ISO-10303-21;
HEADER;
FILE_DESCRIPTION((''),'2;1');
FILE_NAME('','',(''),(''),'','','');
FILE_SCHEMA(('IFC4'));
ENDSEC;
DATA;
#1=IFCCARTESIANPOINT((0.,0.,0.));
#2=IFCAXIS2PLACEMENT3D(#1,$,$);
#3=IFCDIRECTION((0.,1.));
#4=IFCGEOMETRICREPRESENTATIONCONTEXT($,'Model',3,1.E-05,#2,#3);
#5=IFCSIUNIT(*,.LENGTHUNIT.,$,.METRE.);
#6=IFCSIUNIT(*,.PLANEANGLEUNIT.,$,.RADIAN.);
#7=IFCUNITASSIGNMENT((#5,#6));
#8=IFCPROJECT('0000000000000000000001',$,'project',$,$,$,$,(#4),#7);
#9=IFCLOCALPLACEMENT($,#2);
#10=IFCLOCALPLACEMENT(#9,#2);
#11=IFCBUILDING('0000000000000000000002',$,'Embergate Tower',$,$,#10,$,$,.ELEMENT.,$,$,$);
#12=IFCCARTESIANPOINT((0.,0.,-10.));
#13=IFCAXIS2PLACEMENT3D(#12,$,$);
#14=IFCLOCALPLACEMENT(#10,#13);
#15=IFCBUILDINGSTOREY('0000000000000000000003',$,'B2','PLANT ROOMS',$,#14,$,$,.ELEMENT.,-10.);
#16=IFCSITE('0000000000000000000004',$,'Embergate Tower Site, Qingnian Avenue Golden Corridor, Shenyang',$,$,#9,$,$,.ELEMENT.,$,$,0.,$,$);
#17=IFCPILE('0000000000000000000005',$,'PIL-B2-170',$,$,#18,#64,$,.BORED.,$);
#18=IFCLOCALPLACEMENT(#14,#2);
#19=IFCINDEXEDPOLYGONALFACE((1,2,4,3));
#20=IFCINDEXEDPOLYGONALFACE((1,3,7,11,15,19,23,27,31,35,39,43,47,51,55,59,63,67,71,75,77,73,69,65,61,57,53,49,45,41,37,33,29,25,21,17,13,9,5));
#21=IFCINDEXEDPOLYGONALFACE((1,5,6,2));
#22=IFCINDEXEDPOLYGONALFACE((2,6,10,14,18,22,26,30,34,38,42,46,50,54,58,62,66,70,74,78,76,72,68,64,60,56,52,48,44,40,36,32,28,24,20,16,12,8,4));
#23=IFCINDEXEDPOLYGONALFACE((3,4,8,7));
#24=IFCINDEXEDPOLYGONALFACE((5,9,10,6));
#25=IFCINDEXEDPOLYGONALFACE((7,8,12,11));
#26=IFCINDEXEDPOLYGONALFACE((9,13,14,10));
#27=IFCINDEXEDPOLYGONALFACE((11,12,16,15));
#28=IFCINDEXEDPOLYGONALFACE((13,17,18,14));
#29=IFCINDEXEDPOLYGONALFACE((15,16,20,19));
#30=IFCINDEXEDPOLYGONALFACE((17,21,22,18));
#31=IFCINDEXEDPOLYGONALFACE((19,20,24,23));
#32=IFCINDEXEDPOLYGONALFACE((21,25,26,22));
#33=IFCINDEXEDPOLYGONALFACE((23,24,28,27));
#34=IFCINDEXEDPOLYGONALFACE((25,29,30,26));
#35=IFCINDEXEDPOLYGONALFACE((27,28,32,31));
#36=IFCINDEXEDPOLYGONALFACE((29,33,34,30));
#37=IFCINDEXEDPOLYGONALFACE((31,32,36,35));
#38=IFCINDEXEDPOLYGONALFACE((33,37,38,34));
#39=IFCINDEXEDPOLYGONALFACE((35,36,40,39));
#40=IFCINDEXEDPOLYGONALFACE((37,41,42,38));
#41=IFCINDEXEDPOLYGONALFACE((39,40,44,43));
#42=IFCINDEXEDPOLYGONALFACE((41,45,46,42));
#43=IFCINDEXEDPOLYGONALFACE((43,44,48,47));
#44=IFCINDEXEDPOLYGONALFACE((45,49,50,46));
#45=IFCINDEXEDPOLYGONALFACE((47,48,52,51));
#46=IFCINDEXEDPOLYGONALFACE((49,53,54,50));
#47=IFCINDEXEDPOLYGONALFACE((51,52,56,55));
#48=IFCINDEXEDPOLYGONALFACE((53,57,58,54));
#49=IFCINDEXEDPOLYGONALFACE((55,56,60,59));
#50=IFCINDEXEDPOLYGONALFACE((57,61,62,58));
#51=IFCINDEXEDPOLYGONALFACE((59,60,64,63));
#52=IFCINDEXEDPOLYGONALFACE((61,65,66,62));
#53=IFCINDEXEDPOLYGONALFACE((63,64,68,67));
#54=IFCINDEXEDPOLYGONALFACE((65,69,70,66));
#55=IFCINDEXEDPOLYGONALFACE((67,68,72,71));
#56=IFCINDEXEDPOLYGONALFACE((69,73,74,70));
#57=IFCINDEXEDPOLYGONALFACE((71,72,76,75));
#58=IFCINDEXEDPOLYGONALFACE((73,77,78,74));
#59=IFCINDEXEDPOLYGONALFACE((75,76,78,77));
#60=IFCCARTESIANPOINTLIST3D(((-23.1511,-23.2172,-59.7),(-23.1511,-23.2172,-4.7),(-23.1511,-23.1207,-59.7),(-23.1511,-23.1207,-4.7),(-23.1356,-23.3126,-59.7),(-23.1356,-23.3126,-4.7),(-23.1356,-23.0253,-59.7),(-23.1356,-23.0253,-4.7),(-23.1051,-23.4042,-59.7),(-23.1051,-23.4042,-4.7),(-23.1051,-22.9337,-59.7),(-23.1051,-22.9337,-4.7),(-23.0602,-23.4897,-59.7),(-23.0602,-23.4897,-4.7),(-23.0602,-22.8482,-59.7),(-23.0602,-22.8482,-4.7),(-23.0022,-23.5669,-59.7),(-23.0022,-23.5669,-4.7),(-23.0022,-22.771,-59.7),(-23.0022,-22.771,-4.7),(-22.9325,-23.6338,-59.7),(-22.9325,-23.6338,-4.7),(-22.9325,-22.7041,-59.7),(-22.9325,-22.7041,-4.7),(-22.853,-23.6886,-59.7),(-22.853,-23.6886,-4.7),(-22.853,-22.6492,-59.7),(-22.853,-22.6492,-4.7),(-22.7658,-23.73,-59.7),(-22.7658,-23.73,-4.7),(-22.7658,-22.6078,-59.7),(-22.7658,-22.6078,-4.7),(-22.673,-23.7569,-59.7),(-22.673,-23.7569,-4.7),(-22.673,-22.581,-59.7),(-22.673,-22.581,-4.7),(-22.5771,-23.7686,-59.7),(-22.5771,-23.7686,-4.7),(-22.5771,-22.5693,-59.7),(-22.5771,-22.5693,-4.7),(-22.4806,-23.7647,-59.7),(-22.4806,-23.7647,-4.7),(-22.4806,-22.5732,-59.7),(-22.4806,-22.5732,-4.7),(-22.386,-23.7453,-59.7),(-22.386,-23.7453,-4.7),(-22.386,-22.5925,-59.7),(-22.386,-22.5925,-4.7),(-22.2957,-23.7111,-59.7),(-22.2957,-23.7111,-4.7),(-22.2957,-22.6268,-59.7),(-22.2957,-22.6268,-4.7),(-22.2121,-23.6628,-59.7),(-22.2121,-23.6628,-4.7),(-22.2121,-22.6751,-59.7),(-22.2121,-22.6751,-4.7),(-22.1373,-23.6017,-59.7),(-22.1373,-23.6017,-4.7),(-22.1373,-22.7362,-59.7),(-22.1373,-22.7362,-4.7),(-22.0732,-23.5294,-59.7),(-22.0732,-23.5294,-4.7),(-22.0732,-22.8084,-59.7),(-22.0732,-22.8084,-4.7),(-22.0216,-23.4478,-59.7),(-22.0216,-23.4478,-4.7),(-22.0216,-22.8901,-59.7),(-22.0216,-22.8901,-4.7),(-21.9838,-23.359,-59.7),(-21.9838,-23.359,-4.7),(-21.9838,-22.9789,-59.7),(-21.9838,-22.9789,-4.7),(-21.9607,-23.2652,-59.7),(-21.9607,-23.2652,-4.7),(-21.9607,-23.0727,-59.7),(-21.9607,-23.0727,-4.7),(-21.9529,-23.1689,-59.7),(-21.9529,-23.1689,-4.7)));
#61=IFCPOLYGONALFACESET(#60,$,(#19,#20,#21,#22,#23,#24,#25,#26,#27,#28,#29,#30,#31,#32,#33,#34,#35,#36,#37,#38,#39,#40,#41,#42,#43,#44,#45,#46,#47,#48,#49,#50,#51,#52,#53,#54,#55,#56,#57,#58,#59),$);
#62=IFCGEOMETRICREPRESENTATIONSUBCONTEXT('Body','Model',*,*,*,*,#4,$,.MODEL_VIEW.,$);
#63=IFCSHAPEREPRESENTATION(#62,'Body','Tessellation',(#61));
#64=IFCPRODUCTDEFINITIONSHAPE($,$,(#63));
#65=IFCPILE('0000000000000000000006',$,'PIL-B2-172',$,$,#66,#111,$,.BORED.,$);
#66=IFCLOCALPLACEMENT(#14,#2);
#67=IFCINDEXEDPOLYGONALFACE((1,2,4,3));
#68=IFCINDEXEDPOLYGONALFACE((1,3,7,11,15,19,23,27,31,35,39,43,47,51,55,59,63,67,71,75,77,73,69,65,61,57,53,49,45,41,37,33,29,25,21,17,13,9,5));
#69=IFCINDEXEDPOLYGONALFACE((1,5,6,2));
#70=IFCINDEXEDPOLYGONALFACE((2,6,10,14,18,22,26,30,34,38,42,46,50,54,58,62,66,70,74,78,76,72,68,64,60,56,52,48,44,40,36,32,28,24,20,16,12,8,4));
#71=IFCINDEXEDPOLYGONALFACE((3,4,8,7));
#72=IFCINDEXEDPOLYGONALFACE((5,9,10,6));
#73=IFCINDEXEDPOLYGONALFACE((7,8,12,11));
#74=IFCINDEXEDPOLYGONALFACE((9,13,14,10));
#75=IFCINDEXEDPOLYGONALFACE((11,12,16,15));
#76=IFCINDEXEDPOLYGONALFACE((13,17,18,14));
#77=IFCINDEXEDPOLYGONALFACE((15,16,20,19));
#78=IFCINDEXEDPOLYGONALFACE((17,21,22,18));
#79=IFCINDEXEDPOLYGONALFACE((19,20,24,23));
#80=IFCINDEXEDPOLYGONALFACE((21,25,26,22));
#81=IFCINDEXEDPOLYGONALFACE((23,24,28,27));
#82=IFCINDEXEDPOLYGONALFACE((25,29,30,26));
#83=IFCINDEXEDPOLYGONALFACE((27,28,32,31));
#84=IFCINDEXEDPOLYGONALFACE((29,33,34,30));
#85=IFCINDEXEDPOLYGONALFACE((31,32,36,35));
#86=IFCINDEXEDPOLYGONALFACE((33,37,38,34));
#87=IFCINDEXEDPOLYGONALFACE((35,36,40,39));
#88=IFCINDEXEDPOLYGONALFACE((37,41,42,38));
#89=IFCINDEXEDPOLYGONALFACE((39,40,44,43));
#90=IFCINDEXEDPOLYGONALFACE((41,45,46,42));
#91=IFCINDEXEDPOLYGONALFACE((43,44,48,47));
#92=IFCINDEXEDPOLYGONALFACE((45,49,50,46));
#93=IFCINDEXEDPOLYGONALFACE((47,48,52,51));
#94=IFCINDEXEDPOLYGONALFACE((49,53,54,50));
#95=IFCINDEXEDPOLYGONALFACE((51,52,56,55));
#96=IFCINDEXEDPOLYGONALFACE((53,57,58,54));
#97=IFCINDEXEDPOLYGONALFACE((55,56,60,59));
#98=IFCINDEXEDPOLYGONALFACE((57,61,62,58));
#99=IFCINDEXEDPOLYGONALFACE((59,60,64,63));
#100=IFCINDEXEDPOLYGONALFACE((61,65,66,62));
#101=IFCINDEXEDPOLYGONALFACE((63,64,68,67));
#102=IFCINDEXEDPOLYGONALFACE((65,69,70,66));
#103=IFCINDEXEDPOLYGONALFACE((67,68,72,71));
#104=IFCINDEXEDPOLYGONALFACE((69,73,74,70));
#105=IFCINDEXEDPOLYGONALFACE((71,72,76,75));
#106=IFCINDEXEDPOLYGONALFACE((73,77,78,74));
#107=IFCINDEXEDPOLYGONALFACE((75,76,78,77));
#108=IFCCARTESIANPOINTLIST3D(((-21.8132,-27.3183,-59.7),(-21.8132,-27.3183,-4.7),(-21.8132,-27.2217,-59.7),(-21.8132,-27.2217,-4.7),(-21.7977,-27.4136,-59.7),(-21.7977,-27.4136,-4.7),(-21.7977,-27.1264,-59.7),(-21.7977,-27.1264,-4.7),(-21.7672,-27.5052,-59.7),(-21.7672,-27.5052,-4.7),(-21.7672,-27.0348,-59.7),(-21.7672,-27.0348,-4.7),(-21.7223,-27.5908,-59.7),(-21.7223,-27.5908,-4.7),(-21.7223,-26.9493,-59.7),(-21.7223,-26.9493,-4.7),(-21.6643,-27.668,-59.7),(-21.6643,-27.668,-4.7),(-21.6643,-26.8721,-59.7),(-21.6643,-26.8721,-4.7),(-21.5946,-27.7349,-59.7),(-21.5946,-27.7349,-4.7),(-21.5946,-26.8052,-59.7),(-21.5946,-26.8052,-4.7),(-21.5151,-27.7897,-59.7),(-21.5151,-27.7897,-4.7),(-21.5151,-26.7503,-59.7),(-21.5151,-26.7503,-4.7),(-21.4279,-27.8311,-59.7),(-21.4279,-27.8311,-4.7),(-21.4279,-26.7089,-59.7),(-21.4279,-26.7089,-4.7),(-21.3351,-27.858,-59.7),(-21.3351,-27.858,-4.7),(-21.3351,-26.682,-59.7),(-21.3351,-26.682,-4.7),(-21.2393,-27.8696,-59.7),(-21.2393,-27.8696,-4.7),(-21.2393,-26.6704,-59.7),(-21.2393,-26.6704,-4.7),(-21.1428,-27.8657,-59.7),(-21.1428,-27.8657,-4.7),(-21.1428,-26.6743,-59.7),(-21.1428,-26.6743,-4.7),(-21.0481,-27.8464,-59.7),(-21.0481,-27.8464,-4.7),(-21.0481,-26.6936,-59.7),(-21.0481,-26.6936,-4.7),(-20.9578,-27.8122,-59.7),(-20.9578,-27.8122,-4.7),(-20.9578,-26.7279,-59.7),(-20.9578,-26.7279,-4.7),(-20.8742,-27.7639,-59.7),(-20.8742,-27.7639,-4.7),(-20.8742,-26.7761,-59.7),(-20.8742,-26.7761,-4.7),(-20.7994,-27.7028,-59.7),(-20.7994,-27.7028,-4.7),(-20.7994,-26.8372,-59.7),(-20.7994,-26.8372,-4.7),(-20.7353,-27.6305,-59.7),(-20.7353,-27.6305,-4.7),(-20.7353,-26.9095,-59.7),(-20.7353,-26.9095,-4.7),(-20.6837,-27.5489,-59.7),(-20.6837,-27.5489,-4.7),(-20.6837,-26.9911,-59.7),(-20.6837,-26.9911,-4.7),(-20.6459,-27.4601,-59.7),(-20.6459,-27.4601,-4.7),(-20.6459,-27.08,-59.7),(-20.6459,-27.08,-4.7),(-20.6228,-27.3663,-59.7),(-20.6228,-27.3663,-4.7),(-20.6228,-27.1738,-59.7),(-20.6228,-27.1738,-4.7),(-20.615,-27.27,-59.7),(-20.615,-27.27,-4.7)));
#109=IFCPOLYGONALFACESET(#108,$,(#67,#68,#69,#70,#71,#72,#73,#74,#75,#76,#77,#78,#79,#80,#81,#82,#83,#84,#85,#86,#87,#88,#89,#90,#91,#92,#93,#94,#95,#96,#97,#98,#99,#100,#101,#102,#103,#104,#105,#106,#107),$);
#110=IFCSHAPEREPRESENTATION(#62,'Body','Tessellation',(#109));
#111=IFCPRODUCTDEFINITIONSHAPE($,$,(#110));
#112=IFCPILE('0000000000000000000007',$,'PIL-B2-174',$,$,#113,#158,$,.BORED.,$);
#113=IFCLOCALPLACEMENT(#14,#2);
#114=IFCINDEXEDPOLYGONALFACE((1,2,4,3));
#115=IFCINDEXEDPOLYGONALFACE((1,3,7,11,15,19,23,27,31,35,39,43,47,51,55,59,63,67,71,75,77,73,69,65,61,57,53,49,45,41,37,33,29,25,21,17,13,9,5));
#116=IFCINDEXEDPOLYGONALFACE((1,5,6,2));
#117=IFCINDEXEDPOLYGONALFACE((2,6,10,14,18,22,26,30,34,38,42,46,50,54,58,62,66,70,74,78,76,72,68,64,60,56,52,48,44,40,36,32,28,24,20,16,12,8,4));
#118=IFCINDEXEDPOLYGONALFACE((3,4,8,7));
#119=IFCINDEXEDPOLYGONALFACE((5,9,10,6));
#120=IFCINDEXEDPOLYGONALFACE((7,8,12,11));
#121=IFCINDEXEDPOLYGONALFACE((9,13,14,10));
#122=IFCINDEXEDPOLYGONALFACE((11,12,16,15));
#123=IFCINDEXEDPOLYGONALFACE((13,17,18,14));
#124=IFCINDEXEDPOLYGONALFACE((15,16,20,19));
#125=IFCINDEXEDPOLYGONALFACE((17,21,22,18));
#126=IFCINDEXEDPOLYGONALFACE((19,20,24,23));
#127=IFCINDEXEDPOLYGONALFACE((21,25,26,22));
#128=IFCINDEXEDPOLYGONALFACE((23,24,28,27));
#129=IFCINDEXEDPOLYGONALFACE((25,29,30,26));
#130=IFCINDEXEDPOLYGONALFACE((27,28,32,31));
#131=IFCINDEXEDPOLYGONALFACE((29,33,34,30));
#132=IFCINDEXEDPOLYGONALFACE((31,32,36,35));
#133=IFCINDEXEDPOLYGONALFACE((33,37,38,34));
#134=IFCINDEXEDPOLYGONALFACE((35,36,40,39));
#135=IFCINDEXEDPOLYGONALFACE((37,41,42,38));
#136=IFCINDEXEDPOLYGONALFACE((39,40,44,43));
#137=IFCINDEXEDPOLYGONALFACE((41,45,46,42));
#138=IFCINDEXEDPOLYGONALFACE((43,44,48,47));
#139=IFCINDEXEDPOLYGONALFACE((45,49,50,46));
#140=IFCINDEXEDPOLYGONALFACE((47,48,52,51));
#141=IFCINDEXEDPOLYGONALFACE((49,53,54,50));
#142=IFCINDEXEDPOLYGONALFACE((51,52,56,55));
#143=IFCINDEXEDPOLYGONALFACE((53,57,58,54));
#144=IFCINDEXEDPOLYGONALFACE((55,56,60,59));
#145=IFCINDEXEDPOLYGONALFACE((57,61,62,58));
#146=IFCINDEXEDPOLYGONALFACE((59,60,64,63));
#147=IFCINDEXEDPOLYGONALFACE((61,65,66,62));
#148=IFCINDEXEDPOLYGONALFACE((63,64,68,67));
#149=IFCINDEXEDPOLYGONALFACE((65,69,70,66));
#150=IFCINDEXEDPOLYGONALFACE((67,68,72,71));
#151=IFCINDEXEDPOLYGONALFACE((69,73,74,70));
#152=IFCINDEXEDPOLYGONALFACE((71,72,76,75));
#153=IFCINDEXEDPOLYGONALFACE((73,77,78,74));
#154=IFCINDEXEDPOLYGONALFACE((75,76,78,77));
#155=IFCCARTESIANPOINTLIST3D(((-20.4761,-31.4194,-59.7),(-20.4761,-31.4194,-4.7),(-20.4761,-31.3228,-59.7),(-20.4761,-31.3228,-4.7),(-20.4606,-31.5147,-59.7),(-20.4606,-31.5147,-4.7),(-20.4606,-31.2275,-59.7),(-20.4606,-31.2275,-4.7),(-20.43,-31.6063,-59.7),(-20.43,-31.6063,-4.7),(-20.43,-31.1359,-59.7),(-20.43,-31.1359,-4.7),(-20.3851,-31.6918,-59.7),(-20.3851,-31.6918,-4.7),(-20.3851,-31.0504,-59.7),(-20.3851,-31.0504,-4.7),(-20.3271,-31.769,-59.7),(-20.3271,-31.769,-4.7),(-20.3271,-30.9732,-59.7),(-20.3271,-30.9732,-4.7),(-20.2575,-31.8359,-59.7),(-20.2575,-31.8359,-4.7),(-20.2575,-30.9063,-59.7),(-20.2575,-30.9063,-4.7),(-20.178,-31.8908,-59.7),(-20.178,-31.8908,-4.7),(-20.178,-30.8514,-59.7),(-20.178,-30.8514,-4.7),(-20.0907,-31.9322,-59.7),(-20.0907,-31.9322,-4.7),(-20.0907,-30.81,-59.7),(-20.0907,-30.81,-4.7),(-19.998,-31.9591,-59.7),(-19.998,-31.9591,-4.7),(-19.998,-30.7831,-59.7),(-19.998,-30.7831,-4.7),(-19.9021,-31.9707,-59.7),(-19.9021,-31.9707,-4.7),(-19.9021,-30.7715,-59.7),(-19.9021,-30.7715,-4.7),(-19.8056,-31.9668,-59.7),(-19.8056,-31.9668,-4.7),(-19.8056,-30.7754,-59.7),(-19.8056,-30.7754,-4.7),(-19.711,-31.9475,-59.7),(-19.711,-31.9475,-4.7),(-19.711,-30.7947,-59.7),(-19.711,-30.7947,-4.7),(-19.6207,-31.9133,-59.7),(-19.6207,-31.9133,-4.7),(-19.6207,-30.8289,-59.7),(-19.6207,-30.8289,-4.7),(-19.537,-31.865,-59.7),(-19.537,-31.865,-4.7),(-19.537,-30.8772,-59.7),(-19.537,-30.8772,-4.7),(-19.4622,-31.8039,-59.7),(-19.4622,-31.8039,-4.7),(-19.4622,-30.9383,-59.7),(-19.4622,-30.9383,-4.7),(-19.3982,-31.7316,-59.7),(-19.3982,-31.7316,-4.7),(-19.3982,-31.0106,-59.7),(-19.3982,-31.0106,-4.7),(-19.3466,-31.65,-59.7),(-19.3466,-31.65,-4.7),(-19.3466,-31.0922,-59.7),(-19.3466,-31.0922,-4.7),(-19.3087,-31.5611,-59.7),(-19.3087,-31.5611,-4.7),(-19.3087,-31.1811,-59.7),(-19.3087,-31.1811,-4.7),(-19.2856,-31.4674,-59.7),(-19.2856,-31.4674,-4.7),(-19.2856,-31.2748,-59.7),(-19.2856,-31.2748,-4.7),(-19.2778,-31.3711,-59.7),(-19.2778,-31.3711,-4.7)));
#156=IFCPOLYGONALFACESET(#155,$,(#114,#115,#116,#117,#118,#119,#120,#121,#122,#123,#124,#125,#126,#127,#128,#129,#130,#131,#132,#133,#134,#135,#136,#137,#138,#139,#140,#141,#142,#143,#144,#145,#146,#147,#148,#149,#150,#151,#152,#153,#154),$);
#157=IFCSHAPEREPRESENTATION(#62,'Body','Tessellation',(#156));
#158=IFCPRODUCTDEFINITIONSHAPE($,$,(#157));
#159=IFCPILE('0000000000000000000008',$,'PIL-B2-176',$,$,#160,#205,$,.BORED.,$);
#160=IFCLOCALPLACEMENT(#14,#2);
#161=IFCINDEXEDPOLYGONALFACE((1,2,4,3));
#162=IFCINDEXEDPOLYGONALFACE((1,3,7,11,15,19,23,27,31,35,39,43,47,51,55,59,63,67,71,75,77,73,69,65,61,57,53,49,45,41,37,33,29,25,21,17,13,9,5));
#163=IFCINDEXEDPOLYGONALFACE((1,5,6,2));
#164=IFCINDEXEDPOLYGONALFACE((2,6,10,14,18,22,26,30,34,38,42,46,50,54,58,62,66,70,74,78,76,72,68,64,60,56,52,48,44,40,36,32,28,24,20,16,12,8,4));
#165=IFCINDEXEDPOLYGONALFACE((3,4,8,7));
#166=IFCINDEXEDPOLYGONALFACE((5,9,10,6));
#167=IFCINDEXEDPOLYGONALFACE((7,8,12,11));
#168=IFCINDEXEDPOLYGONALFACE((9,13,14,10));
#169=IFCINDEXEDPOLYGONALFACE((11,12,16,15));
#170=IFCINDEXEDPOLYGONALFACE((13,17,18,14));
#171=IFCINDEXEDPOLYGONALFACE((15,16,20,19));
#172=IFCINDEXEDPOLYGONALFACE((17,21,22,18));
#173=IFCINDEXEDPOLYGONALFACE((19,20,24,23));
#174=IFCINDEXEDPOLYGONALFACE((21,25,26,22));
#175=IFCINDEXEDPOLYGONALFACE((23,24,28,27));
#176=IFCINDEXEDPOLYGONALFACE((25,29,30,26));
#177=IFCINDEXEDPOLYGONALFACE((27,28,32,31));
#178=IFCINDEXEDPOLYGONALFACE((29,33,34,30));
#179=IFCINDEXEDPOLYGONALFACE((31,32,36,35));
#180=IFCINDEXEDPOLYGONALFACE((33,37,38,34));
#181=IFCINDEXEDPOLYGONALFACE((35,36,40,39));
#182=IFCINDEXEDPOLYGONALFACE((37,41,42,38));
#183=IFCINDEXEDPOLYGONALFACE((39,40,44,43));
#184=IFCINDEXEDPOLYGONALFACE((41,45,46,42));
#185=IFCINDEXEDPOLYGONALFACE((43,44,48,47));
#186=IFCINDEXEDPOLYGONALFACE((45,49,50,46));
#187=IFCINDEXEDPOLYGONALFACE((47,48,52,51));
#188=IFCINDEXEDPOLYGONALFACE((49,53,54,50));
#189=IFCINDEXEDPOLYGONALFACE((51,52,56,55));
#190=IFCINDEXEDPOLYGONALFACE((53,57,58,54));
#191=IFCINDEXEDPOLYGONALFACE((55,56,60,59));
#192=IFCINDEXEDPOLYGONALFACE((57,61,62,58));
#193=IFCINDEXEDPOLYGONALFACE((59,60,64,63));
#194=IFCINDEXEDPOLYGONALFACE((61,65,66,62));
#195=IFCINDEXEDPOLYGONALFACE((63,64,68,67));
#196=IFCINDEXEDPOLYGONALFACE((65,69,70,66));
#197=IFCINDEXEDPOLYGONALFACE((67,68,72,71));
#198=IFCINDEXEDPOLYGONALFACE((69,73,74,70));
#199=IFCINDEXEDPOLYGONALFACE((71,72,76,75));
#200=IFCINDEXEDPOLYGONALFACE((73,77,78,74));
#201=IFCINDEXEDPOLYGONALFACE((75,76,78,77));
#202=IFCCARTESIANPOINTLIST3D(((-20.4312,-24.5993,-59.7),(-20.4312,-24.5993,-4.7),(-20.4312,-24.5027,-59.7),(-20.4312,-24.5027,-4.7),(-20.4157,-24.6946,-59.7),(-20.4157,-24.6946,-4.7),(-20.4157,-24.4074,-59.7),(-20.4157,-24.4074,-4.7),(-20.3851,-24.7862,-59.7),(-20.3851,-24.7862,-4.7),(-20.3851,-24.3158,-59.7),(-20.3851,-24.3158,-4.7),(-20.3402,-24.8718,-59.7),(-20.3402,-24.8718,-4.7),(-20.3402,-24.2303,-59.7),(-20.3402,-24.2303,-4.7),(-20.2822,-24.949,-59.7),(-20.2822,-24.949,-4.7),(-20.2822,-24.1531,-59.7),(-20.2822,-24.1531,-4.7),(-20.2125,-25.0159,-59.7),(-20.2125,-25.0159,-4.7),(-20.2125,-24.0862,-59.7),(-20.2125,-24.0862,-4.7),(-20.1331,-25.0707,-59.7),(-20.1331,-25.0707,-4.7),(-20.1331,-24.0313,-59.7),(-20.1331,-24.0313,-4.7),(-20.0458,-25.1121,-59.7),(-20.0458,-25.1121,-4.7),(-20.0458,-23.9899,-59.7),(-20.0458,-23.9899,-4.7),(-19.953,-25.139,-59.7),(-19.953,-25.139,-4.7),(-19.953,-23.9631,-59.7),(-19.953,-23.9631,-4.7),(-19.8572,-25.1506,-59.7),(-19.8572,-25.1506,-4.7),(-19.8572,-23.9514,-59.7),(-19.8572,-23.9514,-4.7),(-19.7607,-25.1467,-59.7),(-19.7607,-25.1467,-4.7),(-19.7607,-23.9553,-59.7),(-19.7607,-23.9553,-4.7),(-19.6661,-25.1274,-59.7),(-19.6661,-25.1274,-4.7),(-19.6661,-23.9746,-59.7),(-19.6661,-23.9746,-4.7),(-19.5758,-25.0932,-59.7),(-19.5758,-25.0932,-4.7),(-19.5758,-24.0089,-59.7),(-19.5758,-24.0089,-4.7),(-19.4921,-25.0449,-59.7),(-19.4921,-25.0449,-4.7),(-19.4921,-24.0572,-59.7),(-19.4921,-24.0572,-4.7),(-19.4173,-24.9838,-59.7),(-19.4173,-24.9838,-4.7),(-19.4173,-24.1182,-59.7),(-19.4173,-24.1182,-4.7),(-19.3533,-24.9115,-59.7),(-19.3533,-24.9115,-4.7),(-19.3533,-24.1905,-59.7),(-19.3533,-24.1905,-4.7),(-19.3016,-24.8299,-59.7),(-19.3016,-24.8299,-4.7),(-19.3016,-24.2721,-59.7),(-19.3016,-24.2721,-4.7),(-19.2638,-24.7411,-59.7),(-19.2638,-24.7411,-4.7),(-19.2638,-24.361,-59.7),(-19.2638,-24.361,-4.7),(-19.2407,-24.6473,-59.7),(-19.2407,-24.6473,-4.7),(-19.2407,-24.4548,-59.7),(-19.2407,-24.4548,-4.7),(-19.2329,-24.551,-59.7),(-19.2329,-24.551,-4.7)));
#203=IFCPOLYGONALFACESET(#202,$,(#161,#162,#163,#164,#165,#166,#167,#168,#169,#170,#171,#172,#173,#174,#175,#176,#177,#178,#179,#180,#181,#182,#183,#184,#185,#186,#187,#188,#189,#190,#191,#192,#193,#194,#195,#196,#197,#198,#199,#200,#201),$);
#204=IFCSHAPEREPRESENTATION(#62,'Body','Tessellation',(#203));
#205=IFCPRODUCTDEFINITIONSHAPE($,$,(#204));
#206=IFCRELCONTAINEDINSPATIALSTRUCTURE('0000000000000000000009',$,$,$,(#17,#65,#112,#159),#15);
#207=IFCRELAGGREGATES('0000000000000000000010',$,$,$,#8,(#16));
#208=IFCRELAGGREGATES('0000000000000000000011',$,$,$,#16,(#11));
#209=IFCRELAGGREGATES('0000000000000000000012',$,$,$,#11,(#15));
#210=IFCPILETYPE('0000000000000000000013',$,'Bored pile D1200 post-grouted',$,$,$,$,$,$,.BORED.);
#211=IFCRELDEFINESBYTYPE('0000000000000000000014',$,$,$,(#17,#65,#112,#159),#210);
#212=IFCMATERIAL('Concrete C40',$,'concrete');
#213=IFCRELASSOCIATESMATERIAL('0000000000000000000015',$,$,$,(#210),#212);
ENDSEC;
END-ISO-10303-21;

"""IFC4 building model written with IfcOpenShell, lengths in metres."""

from ifc_helpers import new_model, si_unit, direction, frame, origin, origin_2d, place, context, subcontext, project, spatial, circle, extrude, source, transform, mapped, material, material_profile, profile_set, type_object, element, save


model = new_model("IFC4")

# Units and contexts
model_context = context("Model", 3, precision=1e-05, world=origin(), true_north=direction((0.0, 1.0)))
body_context = subcontext(model_context, "Body", "Model", "MODEL_VIEW")
ifc_project = project(units=[si_unit("LENGTHUNIT", "METRE"), si_unit("PLANEANGLEUNIT", "RADIAN")], contexts=[model_context])

# Site, building, storey
site_placement = place(None, origin())
site = spatial("IfcSite", under=ifc_project, at=site_placement, Name="Embergate Tower Site, Qingnian Avenue Golden Corridor, Shenyang", CompositionType="ELEMENT", RefElevation=0.0)
building_placement = place(site_placement, origin())
building = spatial("IfcBuilding", under=site, at=building_placement, Name="Embergate Tower", CompositionType="ELEMENT")
storey_placement = place(building_placement, frame((0.0, 0.0, -10.0)))
storey = spatial("IfcBuildingStorey", under=building, at=storey_placement, Name="B2", Description="PLANT ROOMS", CompositionType="ELEMENT", Elevation=-10.0)

# Piles
ifc_material_1 = material(Name="Concrete C40", Category="concrete")
ifc_material_profile = material_profile(ifc_material_1, circle(Radius=0.6001, at=origin_2d()), Name="D1200")
ifc_profile_set = profile_set([ifc_material_profile], Name="Concrete C40")
pile_type = type_object("IfcPileType", Name="Bored pile D1200 post-grouted", PredefinedType="BORED", material=ifc_profile_set)
shared_shape_1 = source(origin(), body_context, "Body", "SweptSolid", [
    extrude(circle(Radius=0.6001, at=origin_2d()), origin(), (0.0, 0.0, 1.0), 55.0),
])
for number, where, z_axis, x_axis, name in (
    (1, (-22.553, -23.1689, -4.7), (0.0, 0.0, -1.0), (1.0, 0.0, 0.0), "PIL-B2-170"),
    (2, (-21.2151, -27.27, -4.7), (0.0, 0.0, -1.0), (1.0, 0.0, 0.0), "PIL-B2-172"),
    (3, (-19.8779, -31.3711, -4.7), (0.0, 0.0, -1.0), (1.0, 0.0, 0.0), "PIL-B2-174"),
    (4, (-19.833, -24.551, -4.7), (0.0, 0.0, -1.0), (1.0, 0.0, 0.0), "PIL-B2-176"),
):
    element("IfcPile", number, at=place(storey_placement, frame(where, z_axis=z_axis, x_axis=x_axis)), inside=storey, type_object=pile_type, Name=name, PredefinedType="BORED", context=body_context, shape_type="MappedRepresentation", body=[
        mapped(shared_shape_1, transform((0.0, 0.0, 0.0))),
    ])

save(model, "model.ifc")
